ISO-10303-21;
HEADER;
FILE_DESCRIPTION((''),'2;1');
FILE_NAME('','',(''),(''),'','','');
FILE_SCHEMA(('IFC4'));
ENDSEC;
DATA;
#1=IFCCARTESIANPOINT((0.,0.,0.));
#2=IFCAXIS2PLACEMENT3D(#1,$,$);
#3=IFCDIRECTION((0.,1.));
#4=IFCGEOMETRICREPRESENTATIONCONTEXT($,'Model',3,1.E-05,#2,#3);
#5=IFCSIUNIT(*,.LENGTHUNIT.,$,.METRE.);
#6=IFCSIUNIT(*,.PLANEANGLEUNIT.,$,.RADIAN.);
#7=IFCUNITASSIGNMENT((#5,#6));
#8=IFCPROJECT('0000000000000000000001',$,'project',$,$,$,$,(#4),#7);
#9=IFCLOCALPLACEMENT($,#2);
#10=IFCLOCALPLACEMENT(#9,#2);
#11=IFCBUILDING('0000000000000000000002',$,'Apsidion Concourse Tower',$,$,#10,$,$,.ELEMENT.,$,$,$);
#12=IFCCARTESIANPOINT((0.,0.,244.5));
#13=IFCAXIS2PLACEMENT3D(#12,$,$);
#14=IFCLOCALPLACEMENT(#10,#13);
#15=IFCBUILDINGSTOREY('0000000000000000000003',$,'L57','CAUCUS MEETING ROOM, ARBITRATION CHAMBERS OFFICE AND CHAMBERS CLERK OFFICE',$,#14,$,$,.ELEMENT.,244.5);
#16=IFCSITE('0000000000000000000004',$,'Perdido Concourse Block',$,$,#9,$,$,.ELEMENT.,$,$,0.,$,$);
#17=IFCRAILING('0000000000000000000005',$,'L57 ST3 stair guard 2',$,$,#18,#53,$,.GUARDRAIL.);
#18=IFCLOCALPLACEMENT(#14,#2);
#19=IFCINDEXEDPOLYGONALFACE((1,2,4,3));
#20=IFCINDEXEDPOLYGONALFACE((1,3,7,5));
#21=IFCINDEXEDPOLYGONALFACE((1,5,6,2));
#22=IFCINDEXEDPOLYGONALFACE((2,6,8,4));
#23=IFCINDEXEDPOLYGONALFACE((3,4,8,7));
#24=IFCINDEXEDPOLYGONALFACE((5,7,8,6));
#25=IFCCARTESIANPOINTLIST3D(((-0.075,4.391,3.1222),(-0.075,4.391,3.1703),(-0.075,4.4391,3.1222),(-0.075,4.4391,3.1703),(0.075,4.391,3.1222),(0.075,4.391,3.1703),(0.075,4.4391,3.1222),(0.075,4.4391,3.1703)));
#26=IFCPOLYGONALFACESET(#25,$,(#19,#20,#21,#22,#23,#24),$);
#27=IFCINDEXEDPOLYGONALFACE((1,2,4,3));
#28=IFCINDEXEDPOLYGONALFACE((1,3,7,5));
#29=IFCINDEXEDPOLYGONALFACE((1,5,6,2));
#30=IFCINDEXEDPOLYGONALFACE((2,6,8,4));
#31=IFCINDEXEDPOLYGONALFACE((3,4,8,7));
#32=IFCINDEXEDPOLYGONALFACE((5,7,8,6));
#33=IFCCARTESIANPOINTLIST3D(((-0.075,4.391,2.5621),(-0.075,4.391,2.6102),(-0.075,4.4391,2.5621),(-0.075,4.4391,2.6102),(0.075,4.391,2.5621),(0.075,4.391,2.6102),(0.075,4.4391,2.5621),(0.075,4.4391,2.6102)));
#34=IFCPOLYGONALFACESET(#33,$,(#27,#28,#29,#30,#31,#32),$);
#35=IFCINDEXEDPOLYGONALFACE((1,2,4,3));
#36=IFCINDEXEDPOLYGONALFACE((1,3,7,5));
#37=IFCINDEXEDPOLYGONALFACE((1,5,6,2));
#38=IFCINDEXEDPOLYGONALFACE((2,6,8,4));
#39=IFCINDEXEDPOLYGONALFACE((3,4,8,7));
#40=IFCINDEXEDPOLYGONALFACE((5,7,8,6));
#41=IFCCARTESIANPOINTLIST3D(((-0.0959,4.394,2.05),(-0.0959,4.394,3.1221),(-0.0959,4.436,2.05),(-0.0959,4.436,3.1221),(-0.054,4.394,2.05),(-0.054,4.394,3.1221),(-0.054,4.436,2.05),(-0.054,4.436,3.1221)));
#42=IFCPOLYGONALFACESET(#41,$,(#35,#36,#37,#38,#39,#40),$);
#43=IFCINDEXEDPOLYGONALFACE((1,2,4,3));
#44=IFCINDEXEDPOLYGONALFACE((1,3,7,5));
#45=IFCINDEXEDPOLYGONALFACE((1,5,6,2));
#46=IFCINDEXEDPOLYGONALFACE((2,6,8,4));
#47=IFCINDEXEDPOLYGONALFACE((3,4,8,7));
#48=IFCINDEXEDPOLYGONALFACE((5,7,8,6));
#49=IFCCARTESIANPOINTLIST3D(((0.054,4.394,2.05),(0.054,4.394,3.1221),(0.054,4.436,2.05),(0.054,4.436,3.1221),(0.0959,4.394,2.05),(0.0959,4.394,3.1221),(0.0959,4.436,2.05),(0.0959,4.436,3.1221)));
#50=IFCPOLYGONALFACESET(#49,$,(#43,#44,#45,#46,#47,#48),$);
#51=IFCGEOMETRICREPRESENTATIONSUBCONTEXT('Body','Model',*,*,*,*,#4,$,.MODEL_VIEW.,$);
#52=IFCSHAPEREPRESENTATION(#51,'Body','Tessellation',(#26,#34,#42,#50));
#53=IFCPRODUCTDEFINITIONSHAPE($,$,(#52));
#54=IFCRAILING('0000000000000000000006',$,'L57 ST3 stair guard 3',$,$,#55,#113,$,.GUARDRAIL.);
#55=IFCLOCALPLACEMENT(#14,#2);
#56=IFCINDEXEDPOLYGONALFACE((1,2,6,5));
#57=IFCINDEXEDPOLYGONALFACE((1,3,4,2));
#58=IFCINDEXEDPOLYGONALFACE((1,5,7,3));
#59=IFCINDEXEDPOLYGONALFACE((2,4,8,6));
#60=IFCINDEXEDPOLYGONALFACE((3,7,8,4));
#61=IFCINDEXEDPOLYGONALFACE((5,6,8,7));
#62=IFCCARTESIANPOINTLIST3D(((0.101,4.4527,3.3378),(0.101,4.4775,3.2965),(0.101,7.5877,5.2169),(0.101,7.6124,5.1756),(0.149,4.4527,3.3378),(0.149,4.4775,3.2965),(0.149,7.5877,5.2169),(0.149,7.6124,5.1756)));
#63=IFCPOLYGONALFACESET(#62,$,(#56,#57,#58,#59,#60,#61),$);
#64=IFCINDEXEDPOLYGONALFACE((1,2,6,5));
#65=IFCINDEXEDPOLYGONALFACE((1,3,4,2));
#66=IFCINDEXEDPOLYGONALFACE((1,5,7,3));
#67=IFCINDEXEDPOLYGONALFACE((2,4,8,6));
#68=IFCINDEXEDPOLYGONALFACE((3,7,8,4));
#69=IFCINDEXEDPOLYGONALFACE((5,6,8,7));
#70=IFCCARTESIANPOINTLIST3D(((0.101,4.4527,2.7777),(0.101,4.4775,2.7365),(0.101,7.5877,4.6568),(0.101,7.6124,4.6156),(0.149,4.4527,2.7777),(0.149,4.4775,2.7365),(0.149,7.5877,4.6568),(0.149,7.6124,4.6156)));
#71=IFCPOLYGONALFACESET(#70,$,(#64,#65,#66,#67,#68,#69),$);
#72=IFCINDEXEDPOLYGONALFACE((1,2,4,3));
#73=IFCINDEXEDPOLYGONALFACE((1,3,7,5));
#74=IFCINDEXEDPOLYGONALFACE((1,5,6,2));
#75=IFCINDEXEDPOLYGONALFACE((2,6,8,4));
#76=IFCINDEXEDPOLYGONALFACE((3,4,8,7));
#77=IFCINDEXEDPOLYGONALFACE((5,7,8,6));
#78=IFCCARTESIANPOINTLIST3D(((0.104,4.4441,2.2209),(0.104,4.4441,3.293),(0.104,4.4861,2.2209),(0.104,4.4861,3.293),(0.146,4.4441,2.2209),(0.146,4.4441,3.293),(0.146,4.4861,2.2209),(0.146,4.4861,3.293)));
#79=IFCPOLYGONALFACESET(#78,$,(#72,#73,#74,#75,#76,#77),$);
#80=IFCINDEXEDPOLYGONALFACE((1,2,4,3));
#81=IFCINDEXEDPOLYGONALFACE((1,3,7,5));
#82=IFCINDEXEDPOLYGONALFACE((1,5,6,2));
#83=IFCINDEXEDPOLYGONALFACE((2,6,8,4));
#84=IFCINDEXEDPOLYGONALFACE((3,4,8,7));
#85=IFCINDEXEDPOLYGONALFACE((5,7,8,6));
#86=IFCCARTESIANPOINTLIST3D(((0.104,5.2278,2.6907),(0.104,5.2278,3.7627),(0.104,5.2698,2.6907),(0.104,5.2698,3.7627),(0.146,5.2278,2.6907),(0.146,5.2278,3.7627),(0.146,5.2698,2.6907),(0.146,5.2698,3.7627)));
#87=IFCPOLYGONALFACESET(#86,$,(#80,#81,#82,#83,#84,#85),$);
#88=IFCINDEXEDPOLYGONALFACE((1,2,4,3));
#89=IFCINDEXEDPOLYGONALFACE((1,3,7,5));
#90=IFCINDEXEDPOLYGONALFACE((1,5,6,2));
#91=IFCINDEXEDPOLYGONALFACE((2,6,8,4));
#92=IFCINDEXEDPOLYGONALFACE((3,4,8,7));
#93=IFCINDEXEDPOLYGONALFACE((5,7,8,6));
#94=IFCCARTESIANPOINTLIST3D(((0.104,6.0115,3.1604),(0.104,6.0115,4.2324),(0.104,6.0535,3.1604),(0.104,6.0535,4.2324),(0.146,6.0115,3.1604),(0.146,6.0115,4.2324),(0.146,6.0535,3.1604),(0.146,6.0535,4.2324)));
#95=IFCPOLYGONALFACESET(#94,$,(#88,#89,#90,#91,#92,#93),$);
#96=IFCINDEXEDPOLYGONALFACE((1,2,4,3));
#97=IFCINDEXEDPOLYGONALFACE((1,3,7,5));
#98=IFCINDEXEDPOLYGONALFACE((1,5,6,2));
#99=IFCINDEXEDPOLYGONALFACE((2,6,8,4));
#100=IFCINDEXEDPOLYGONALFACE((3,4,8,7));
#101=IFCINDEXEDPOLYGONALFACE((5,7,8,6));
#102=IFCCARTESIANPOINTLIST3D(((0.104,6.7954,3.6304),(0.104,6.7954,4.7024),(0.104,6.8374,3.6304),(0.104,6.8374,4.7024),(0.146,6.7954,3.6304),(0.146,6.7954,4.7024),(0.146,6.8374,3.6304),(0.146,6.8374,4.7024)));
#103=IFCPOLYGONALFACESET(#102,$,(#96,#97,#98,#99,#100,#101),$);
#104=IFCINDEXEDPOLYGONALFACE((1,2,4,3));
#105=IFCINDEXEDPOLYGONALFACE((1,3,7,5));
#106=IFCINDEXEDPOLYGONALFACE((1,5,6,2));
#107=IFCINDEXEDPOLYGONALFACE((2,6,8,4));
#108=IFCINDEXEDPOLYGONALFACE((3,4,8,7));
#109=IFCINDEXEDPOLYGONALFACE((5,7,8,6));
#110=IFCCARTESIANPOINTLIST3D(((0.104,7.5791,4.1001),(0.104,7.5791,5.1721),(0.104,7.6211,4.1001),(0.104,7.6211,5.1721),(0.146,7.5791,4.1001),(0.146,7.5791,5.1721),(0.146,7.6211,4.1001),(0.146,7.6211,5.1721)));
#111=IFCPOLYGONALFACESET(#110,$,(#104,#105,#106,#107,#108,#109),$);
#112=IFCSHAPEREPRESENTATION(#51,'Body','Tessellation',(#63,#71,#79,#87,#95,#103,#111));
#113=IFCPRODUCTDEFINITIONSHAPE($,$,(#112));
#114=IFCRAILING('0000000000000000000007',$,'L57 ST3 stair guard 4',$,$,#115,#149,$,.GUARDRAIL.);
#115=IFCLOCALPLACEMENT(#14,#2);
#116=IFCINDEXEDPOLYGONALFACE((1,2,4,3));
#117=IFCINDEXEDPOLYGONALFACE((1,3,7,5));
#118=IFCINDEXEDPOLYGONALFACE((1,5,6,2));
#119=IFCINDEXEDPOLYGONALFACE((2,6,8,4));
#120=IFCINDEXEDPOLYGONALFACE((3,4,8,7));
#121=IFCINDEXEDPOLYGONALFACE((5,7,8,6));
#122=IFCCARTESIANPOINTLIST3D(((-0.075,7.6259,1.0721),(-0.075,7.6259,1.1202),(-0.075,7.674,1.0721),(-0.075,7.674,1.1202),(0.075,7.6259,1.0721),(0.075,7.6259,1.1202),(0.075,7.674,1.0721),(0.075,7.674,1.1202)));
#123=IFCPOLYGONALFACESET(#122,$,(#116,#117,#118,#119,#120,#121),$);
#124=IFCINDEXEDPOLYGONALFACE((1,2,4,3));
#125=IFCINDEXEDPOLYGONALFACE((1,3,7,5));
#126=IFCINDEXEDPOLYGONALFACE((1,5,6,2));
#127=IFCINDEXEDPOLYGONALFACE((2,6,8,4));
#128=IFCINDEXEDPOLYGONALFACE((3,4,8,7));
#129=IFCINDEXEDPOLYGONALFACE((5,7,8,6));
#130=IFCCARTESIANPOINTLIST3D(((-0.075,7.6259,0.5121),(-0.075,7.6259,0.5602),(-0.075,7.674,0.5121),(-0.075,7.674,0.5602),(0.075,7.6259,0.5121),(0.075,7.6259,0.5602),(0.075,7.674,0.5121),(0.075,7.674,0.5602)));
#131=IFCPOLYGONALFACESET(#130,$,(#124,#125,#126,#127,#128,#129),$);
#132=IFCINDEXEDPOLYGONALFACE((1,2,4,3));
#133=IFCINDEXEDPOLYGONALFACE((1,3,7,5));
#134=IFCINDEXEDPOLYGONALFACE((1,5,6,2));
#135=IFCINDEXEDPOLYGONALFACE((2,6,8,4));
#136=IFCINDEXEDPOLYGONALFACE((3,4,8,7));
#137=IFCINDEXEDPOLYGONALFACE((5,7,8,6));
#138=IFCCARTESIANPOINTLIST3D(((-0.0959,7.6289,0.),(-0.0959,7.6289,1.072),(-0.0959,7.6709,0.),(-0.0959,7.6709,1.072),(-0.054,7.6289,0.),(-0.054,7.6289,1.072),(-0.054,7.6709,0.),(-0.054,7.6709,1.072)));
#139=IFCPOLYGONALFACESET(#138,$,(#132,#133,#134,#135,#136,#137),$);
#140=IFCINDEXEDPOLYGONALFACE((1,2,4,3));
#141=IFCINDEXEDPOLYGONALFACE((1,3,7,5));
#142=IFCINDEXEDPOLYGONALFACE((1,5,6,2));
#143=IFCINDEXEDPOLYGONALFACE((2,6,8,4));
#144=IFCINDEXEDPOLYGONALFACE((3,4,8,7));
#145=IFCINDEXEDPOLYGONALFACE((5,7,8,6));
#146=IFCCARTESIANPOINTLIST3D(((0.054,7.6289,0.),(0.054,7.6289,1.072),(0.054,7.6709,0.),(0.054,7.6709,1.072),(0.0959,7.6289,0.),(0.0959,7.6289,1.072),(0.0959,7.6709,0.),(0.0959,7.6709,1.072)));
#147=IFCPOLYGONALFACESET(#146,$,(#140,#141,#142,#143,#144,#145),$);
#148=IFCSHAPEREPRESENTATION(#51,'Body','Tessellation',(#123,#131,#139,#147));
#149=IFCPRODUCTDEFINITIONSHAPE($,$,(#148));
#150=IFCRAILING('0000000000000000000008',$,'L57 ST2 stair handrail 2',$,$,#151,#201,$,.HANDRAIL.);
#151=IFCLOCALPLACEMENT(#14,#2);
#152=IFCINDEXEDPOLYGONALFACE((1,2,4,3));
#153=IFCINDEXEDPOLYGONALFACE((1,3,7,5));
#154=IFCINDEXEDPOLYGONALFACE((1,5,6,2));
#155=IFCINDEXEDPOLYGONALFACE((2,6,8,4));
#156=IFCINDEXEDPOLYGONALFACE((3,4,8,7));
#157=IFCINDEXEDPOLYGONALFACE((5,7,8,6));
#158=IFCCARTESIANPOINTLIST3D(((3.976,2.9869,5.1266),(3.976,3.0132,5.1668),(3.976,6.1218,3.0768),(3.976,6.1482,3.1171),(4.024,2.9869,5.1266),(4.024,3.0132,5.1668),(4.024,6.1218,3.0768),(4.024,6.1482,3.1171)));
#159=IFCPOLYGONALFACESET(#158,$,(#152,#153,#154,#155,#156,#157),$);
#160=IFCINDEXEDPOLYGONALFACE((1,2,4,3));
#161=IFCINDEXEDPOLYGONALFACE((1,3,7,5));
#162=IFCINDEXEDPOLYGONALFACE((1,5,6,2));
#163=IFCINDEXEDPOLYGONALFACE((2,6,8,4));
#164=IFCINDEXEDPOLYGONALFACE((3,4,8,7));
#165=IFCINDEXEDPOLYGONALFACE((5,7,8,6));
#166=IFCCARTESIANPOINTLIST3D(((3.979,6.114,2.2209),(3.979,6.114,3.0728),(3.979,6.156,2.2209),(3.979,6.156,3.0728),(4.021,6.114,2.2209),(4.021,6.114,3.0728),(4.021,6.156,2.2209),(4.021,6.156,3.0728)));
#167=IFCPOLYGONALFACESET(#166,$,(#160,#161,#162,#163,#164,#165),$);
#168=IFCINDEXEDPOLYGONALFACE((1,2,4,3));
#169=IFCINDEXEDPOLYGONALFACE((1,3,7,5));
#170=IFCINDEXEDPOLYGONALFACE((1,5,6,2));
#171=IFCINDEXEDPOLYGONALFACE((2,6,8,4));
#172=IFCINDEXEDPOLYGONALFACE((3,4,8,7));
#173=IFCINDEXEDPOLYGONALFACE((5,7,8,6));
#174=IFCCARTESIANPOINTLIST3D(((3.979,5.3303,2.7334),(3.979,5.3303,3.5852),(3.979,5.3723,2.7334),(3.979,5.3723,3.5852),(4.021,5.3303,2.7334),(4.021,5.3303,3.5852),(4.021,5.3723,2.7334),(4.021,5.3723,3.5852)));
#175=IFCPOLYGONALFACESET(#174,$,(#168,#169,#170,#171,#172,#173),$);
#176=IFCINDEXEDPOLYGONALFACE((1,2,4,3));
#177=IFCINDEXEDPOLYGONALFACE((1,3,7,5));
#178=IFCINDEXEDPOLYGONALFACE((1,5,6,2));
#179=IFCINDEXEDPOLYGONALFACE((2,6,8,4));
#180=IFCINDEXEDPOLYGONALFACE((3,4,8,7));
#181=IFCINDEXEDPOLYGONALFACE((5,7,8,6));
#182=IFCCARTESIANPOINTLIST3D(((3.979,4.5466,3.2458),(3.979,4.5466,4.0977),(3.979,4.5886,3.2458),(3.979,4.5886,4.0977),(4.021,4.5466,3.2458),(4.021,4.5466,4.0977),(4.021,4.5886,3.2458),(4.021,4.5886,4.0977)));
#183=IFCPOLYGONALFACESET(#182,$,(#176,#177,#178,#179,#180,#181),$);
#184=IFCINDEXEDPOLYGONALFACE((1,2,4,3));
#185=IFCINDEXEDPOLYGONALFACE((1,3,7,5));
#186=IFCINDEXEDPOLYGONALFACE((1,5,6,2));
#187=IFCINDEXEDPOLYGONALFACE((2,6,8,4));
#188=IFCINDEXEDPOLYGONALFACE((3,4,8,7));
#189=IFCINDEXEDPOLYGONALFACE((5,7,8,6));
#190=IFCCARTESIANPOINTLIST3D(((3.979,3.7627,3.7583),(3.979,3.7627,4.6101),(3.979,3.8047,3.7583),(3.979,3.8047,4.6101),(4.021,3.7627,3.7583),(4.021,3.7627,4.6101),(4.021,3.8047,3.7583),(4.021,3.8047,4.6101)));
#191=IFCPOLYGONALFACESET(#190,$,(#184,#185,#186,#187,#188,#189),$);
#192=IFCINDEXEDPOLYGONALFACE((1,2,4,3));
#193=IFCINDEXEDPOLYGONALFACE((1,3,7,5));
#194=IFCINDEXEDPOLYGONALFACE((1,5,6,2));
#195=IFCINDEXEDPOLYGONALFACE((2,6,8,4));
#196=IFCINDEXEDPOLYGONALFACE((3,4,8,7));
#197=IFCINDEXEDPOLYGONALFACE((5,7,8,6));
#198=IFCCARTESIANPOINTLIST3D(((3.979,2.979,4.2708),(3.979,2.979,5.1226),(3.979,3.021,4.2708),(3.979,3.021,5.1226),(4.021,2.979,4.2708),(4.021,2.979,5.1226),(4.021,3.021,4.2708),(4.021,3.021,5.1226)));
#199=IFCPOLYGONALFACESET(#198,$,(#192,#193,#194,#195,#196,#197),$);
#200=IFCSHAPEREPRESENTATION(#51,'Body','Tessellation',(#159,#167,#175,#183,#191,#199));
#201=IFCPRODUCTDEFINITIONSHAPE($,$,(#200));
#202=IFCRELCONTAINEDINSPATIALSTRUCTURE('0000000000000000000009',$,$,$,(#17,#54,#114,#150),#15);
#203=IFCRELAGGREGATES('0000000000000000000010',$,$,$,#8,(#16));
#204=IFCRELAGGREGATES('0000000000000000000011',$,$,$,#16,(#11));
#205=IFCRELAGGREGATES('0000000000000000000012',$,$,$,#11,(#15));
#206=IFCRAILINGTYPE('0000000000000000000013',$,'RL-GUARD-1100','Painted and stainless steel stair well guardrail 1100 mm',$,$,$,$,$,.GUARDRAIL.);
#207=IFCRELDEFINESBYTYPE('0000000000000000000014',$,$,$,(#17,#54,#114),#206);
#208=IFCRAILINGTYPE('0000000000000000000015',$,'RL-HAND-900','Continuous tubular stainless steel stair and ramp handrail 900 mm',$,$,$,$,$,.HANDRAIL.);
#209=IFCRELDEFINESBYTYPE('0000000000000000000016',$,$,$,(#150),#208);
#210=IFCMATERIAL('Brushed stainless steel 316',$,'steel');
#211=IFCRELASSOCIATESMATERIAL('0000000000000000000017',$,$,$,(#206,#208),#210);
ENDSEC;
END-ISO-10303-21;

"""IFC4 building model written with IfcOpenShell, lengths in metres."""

from ifc_helpers import new_model, si_unit, direction, frame, origin, origin_2d, place, context, subcontext, project, spatial, rectangle, extrude, material, type_object, element, save


model = new_model("IFC4")

# Units and contexts
model_context = context("Model", 3, precision=1e-05, world=origin(), true_north=direction((0.0, 1.0)))
body_context = subcontext(model_context, "Body", "Model", "MODEL_VIEW")
ifc_project = project(units=[si_unit("LENGTHUNIT", "METRE"), si_unit("PLANEANGLEUNIT", "RADIAN")], contexts=[model_context])

# Site, building, storey
site_placement = place(None, origin())
site = spatial("IfcSite", under=ifc_project, at=site_placement, Name="Perdido Concourse Block", CompositionType="ELEMENT", RefElevation=0.0)
building_placement = place(site_placement, origin())
building = spatial("IfcBuilding", under=site, at=building_placement, Name="Apsidion Concourse Tower", CompositionType="ELEMENT")
storey_placement = place(building_placement, frame((0.0, 0.0, 244.5)))
storey = spatial("IfcBuildingStorey", under=building, at=storey_placement, Name="L57", Description="CAUCUS MEETING ROOM, ARBITRATION CHAMBERS OFFICE AND CHAMBERS CLERK OFFICE", CompositionType="ELEMENT", Elevation=244.5)

# Railings
ifc_material_1 = material(Name="Brushed stainless steel 316", Category="steel")
railing_type_1 = type_object("IfcRailingType", Name="RL-GUARD-1100", Description="Painted and stainless steel stair well guardrail 1100 mm", PredefinedType="GUARDRAIL", material=ifc_material_1)
railing_1_placement = place(storey_placement, frame((-0.075, 4.415, 2.05)))
element("IfcRailing", 1, at=railing_1_placement, inside=storey, type_object=railing_type_1, Name="L57 ST3 stair guard 2", PredefinedType="GUARDRAIL", context=body_context, shape_type="SweptSolid", body=[
    extrude(rectangle(XDim=0.0481, YDim=0.0481, at=origin_2d()), frame((0.0, 0.0, 1.0962), z_axis=(1.0, 0.0, 0.0), x_axis=(0.0, 1.0, 0.0)), (0.0, 0.0, 1.0), 0.1499),
    extrude(rectangle(XDim=0.0481, YDim=0.0481, at=origin_2d()), frame((0.0, 0.0, 0.5361), z_axis=(1.0, 0.0, 0.0), x_axis=(0.0, 1.0, 0.0)), (0.0, 0.0, 1.0), 0.1499),
    extrude(rectangle(XDim=0.042, YDim=0.042, at=origin_2d()), origin(), (0.0, 0.0, 1.0), 1.072),
    extrude(rectangle(XDim=0.042, YDim=0.042, at=origin_2d()), frame((0.1499, 0.0, 0.0)), (0.0, 0.0, 1.0), 1.072),
])
railing_2_placement = place(storey_placement, frame((0.125, 4.4651, 2.2209)))
element("IfcRailing", 2, at=railing_2_placement, inside=storey, type_object=railing_type_1, Name="L57 ST3 stair guard 3", PredefinedType="GUARDRAIL", context=body_context, shape_type="SweptSolid", body=[
    extrude(rectangle(XDim=0.0481, YDim=0.0481, at=origin_2d()), frame((0.0, 0.0, 1.0962), z_axis=(0.0, 0.857717, 0.514122), x_axis=(-1.0, 0.0, 0.0)), (0.0, 0.0, 1.0), 3.655),
    extrude(rectangle(XDim=0.0481, YDim=0.0481, at=origin_2d()), frame((0.0, 0.0, 0.5361), z_axis=(0.0, 0.857717, 0.514122), x_axis=(-1.0, 0.0, 0.0)), (0.0, 0.0, 1.0), 3.655),
    extrude(rectangle(XDim=0.042, YDim=0.042, at=origin_2d()), origin(), (0.0, 0.0, 1.0), 1.072),
    extrude(rectangle(XDim=0.042, YDim=0.042, at=origin_2d()), frame((0.0, 0.7837, 0.4697)), (0.0, 0.0, 1.0), 1.072),
    extrude(rectangle(XDim=0.042, YDim=0.042, at=origin_2d()), frame((0.0, 1.5674, 0.9395)), (0.0, 0.0, 1.0), 1.072),
    extrude(rectangle(XDim=0.042, YDim=0.042, at=origin_2d()), frame((0.0, 2.3513, 1.4094)), (0.0, 0.0, 1.0), 1.072),
    extrude(rectangle(XDim=0.042, YDim=0.042, at=origin_2d()), frame((0.0, 3.135, 1.8792)), (0.0, 0.0, 1.0), 1.072),
])
railing_3_placement = place(storey_placement, frame((-0.075, 7.6499, 0.0)))
element("IfcRailing", 3, at=railing_3_placement, inside=storey, type_object=railing_type_1, Name="L57 ST3 stair guard 4", PredefinedType="GUARDRAIL", context=body_context, shape_type="SweptSolid", body=[
    extrude(rectangle(XDim=0.0481, YDim=0.0481, at=origin_2d()), frame((0.0, 0.0, 1.0962), z_axis=(1.0, 0.0, 0.0), x_axis=(0.0, 1.0, 0.0)), (0.0, 0.0, 1.0), 0.1499),
    extrude(rectangle(XDim=0.0481, YDim=0.0481, at=origin_2d()), frame((0.0, 0.0, 0.5361), z_axis=(1.0, 0.0, 0.0), x_axis=(0.0, 1.0, 0.0)), (0.0, 0.0, 1.0), 0.1499),
    extrude(rectangle(XDim=0.042, YDim=0.042, at=origin_2d()), origin(), (0.0, 0.0, 1.0), 1.072),
    extrude(rectangle(XDim=0.042, YDim=0.042, at=origin_2d()), frame((0.1499, 0.0, 0.0)), (0.0, 0.0, 1.0), 1.072),
])
railing_type_2 = type_object("IfcRailingType", Name="RL-HAND-900", Description="Continuous tubular stainless steel stair and ramp handrail 900 mm", PredefinedType="HANDRAIL", material=ifc_material_1)
railing_4_placement = place(storey_placement, frame((4.0, 6.135, 2.2209)))
element("IfcRailing", 4, at=railing_4_placement, inside=storey, type_object=railing_type_2, Name="L57 ST2 stair handrail 2", PredefinedType="HANDRAIL", context=body_context, shape_type="SweptSolid", body=[
    extrude(rectangle(XDim=0.0481, YDim=0.0481, at=origin_2d()), frame((0.0, 0.0, 0.876), z_axis=(0.0, -0.836971, 0.547248), x_axis=(1.0, 0.0, 0.0)), (0.0, 0.0, 1.0), 3.7456),
    extrude(rectangle(XDim=0.042, YDim=0.042, at=origin_2d()), origin(), (0.0, 0.0, 1.0), 0.8518),
    extrude(rectangle(XDim=0.042, YDim=0.042, at=origin_2d()), frame((0.0, -0.7837, 0.5125)), (0.0, 0.0, 1.0), 0.8518),
    extrude(rectangle(XDim=0.042, YDim=0.042, at=origin_2d()), frame((0.0, -1.5674, 1.0249)), (0.0, 0.0, 1.0), 0.8518),
    extrude(rectangle(XDim=0.042, YDim=0.042, at=origin_2d()), frame((0.0, -2.3513, 1.5374)), (0.0, 0.0, 1.0), 0.8518),
    extrude(rectangle(XDim=0.042, YDim=0.042, at=origin_2d()), frame((0.0, -3.135, 2.0498)), (0.0, 0.0, 1.0), 0.8518),
])

save(model, "model.ifc")
